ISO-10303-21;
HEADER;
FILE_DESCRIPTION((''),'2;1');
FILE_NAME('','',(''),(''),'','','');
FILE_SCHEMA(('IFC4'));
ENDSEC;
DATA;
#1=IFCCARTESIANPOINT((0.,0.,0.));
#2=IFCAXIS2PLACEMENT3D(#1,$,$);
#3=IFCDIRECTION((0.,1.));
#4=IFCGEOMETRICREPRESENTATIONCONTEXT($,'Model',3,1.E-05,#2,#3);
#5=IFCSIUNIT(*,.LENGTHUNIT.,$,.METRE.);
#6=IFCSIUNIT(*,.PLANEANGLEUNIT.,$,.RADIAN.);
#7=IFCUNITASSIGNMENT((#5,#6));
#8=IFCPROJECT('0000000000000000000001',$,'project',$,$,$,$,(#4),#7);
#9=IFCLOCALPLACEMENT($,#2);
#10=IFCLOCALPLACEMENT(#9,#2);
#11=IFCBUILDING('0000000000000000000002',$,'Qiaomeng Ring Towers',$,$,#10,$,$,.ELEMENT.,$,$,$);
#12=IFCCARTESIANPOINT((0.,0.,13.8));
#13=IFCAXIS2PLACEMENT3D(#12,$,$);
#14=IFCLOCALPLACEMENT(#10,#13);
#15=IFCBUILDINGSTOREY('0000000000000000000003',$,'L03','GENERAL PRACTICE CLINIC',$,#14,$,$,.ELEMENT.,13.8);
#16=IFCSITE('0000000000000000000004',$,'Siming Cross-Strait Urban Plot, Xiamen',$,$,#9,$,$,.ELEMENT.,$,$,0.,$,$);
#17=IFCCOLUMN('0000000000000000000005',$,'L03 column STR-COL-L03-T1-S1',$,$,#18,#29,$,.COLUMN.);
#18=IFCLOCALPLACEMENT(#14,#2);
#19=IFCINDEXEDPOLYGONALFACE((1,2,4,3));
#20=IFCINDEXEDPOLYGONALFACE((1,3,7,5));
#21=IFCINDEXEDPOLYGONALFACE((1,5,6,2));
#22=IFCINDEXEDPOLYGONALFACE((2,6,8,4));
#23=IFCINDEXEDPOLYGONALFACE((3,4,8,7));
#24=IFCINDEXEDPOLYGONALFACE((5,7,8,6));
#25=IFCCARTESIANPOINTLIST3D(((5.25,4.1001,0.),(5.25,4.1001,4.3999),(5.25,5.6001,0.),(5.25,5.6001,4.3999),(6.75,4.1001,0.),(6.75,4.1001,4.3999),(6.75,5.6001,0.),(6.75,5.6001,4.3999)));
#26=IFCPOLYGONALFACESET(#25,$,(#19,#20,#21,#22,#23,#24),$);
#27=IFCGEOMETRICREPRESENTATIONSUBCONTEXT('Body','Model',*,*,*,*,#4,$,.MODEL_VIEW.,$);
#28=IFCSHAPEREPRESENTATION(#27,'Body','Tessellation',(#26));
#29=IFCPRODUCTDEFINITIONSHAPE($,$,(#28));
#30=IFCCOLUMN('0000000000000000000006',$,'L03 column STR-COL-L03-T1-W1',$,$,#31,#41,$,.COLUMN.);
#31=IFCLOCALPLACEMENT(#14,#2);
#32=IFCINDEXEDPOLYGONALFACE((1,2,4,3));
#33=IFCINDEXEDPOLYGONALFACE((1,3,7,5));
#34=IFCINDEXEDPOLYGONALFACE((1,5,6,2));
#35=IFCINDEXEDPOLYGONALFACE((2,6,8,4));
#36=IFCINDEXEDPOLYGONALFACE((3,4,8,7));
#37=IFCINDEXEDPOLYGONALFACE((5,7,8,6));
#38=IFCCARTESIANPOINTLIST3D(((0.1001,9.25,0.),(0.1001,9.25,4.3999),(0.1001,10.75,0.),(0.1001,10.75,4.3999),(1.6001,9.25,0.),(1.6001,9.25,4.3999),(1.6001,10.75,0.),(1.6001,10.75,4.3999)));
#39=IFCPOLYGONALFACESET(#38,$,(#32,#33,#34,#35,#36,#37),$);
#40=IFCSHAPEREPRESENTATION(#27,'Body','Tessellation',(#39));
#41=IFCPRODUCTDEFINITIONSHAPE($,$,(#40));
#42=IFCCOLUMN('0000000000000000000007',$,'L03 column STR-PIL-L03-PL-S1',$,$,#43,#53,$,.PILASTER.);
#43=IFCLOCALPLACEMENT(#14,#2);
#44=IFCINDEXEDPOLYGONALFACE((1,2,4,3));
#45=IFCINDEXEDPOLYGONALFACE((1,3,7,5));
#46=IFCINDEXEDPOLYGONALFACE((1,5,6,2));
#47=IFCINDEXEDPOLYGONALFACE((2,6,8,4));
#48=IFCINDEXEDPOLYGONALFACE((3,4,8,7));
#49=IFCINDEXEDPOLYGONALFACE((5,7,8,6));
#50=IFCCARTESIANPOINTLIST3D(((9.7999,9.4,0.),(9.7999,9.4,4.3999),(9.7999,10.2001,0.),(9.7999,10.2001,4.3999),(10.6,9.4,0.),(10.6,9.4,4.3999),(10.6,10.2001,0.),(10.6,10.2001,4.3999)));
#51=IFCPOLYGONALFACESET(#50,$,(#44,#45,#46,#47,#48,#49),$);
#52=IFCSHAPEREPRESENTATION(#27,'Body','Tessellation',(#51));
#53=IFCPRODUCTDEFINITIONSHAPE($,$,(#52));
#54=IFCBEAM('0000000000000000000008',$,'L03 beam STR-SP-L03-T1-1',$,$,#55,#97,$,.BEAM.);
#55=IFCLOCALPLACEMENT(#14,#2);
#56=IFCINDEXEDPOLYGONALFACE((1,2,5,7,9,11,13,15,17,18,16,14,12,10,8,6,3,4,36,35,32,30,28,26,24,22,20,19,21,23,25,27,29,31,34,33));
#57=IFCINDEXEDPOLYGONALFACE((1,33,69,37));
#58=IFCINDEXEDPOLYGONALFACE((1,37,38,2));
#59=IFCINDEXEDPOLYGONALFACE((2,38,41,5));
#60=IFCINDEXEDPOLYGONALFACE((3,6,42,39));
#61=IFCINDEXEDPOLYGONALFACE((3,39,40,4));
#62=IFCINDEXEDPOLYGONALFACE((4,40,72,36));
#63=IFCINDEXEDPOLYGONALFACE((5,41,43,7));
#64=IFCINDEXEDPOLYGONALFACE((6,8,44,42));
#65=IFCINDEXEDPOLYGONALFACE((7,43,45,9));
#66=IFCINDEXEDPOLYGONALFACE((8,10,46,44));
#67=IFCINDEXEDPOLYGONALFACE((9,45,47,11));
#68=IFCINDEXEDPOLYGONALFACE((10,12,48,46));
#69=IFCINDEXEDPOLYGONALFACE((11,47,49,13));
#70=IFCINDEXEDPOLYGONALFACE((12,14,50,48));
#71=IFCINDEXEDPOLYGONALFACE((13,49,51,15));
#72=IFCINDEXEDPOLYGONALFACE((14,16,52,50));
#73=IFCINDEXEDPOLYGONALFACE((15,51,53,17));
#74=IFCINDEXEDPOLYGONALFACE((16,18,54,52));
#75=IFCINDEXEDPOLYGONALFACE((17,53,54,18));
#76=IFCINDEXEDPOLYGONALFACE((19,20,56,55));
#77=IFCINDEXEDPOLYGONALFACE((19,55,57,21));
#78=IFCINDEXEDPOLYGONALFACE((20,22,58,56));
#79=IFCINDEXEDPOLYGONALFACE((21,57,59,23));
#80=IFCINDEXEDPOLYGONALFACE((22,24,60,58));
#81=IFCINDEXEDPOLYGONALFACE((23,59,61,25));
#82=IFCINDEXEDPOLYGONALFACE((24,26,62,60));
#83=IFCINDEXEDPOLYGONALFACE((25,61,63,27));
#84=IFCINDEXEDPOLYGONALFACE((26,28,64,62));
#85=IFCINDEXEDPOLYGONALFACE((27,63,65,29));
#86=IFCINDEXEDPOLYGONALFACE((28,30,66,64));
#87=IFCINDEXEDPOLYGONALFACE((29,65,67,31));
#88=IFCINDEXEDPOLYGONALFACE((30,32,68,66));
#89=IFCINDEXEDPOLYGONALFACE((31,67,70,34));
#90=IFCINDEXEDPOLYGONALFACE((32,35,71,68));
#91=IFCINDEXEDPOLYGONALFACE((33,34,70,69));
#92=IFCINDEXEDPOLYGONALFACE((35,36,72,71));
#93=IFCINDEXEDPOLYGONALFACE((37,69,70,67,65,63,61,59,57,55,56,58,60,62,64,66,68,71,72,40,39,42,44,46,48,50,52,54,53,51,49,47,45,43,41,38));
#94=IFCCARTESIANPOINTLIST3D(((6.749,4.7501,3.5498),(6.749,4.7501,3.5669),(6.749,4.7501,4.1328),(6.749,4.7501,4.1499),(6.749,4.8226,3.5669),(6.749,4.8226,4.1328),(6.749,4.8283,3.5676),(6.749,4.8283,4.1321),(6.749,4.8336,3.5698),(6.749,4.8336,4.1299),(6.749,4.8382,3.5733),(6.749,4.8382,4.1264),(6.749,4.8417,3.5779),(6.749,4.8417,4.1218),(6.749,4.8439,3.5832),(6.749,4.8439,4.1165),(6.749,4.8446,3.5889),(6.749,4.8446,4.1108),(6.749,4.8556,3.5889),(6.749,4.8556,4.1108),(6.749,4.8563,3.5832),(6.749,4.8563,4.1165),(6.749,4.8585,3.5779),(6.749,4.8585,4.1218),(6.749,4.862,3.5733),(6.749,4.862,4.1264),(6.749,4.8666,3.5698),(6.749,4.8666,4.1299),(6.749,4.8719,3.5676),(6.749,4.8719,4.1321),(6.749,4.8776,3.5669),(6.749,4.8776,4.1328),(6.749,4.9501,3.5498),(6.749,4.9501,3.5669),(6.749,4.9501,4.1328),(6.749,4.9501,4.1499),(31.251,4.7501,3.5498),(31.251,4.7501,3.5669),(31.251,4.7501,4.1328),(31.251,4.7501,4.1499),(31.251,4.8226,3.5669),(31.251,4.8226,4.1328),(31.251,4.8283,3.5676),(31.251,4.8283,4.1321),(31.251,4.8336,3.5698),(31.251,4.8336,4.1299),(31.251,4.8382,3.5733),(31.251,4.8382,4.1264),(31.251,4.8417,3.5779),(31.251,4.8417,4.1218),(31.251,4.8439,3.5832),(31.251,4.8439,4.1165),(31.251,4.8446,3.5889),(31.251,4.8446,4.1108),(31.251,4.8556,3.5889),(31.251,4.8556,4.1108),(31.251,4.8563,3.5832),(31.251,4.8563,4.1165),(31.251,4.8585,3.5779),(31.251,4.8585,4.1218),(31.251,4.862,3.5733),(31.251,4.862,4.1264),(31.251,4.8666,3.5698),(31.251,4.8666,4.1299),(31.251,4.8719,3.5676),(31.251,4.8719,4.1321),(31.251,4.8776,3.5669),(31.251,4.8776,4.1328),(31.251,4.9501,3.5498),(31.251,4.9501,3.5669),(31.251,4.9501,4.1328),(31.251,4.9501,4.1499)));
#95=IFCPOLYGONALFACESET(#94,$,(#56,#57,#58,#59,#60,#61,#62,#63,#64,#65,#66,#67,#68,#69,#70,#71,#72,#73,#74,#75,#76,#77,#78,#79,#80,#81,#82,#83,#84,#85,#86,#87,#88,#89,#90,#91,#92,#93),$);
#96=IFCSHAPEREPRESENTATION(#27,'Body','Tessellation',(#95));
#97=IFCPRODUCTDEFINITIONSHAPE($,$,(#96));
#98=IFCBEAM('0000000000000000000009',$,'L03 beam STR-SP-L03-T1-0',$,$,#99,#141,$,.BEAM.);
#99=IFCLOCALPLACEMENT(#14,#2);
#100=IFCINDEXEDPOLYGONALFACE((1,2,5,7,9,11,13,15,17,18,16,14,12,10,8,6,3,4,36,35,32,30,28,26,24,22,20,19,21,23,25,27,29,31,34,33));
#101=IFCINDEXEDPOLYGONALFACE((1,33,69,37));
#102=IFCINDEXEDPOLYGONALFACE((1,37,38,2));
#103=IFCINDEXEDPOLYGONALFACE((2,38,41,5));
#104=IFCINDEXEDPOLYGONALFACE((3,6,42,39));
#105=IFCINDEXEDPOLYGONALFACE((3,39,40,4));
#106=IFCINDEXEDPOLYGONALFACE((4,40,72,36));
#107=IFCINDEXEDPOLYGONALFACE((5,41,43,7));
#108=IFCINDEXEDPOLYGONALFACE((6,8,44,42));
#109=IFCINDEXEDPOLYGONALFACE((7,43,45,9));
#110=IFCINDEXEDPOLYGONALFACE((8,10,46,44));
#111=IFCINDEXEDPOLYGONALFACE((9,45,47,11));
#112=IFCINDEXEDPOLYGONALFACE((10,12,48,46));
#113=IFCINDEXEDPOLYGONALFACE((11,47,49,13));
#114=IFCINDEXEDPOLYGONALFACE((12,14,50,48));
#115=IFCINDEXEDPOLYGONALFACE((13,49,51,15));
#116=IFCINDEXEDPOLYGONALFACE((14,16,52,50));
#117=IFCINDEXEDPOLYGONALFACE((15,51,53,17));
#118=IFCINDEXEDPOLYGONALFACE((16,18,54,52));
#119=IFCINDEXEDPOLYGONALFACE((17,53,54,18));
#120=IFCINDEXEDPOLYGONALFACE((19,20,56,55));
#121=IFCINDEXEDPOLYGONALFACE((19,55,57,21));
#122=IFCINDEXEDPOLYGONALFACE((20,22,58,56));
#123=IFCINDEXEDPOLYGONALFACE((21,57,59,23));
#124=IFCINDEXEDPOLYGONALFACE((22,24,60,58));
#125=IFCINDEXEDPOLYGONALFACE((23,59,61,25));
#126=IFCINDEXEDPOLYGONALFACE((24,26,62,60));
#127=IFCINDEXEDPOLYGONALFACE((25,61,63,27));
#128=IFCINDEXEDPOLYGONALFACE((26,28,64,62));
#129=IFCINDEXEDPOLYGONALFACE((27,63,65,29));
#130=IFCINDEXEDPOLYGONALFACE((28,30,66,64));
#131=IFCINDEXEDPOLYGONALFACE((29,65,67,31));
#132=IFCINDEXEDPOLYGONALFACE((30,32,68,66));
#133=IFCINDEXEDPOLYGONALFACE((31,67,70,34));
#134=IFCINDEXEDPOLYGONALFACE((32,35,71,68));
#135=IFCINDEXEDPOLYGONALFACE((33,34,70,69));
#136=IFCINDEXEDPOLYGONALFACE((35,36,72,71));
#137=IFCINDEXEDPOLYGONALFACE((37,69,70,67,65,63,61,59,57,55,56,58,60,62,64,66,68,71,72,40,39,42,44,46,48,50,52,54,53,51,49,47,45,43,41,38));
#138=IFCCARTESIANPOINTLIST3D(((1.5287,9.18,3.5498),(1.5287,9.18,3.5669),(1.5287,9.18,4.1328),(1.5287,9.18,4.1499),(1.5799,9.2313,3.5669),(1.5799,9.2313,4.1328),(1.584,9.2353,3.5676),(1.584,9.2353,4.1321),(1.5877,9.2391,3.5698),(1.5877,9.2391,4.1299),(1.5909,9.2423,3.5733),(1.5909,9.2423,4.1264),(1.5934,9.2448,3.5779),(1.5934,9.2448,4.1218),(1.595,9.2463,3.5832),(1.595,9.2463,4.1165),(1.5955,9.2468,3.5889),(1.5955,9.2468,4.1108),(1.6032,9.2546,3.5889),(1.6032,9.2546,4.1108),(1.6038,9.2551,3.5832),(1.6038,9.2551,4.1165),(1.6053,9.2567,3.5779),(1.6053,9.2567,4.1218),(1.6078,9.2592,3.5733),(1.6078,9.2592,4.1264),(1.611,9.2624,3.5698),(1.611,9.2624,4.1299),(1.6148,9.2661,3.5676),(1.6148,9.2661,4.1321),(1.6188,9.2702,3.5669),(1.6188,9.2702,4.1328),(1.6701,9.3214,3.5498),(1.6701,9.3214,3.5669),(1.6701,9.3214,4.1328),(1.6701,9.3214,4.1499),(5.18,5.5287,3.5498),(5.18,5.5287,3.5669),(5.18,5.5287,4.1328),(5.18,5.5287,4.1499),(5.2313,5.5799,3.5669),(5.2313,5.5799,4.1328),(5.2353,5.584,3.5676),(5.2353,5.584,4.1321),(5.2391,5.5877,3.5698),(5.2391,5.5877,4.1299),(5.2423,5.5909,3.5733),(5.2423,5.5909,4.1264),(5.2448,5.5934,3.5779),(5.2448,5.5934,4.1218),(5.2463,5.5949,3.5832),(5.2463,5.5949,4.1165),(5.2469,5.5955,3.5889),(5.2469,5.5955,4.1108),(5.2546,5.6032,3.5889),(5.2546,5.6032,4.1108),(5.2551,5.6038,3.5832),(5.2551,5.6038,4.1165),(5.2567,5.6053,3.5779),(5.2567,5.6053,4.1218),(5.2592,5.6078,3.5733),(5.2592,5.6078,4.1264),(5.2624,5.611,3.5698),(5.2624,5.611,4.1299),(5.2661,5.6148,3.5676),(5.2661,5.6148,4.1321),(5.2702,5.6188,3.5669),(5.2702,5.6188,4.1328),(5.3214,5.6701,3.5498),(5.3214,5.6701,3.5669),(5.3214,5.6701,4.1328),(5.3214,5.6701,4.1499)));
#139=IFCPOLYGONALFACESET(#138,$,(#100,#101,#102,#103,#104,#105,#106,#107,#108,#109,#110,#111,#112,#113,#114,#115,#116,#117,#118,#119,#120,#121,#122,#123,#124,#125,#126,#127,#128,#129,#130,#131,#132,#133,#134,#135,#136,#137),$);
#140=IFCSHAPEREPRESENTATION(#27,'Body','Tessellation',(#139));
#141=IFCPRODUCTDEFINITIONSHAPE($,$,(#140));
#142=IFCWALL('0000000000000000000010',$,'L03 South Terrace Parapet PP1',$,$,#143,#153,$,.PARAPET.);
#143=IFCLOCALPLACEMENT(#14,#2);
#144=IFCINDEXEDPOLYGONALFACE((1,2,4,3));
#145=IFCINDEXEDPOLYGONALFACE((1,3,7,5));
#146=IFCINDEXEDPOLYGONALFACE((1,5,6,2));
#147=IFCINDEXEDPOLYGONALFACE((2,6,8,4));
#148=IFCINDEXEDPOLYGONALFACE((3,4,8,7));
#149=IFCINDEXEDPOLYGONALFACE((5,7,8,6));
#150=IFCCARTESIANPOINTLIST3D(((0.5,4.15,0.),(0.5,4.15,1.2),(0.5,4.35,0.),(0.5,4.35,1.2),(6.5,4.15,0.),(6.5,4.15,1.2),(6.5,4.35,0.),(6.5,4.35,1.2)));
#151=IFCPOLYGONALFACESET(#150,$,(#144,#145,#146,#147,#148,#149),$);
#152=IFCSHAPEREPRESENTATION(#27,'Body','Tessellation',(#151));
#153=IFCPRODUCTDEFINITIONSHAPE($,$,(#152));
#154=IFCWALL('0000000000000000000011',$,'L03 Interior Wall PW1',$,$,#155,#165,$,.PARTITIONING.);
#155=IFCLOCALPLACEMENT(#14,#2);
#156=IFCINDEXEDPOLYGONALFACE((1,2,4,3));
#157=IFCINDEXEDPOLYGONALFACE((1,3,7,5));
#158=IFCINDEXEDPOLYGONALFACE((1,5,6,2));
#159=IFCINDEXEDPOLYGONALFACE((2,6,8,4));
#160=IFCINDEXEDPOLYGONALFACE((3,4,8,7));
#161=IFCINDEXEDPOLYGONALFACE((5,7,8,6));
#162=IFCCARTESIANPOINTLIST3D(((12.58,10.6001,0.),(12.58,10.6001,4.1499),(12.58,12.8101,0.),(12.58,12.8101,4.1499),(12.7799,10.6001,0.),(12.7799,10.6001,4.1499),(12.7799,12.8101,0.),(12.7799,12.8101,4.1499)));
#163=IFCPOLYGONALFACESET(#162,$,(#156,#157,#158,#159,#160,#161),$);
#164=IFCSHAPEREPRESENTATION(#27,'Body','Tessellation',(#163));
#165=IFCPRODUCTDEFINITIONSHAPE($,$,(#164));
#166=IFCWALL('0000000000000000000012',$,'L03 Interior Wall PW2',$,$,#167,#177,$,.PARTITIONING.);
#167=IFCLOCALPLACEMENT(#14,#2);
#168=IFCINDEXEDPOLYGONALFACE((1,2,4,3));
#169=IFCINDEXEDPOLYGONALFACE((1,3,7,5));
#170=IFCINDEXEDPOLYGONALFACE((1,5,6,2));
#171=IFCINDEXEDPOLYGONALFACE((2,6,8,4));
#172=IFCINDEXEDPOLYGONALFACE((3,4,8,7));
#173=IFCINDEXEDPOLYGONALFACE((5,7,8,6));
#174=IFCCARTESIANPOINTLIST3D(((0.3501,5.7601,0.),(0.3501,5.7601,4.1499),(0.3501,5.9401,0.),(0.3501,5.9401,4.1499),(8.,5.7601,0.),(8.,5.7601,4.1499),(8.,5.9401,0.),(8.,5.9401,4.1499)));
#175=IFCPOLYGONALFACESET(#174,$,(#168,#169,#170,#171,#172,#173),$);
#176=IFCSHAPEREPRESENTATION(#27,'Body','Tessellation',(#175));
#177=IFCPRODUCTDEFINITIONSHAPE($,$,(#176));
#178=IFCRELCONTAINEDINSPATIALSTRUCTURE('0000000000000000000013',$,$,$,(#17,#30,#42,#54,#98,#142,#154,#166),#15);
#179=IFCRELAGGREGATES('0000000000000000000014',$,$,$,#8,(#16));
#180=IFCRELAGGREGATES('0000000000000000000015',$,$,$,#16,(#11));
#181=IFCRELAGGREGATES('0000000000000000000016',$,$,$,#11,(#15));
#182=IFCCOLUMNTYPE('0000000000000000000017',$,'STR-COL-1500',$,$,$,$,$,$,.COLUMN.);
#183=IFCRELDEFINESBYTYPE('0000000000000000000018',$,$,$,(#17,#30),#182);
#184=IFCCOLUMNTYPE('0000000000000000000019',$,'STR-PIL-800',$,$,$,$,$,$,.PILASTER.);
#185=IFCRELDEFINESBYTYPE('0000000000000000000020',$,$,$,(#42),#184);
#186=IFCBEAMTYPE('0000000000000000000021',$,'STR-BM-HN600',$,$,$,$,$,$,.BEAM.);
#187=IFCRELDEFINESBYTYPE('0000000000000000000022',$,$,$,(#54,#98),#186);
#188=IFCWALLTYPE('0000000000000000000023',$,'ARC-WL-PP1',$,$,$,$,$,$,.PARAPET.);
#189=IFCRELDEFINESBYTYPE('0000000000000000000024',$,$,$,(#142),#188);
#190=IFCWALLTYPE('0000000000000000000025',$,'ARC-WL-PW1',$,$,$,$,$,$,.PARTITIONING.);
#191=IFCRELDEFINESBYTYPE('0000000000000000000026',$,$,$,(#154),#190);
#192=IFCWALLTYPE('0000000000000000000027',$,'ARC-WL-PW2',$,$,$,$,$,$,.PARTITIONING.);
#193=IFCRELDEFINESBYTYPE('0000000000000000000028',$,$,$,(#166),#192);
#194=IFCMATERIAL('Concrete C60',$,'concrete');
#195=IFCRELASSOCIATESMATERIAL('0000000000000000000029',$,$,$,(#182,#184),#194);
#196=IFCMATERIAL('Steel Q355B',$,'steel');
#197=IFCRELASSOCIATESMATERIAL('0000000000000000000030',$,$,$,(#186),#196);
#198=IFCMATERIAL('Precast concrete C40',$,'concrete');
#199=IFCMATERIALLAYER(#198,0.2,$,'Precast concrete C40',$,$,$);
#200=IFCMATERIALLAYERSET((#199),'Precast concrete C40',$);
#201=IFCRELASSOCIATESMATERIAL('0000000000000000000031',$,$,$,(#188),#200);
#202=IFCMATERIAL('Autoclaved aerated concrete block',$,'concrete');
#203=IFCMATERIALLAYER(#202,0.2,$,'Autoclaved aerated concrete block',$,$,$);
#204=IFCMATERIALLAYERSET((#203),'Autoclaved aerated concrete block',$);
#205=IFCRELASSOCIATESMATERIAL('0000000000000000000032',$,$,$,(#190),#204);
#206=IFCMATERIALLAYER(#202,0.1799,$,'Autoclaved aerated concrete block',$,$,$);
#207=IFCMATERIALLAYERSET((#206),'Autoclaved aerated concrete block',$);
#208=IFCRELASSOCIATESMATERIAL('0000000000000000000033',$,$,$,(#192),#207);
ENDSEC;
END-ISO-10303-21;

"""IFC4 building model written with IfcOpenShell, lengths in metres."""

from ifc_helpers import new_model, si_unit, direction, frame, frame_2d, origin, origin_2d, place, context, subcontext, project, spatial, rectangle, i_section, extrude, source, transform, mapped, material, layer, layer_set, material_profile, profile_set, type_object, element, save


model = new_model("IFC4")

# Units and contexts
model_context = context("Model", 3, precision=1e-05, world=origin(), true_north=direction((0.0, 1.0)))
body_context = subcontext(model_context, "Body", "Model", "MODEL_VIEW")
ifc_project = project(units=[si_unit("LENGTHUNIT", "METRE"), si_unit("PLANEANGLEUNIT", "RADIAN")], contexts=[model_context])

# Site, building, storey
site_placement = place(None, origin())
site = spatial("IfcSite", under=ifc_project, at=site_placement, Name="Siming Cross-Strait Urban Plot, Xiamen", CompositionType="ELEMENT", RefElevation=0.0)
building_placement = place(site_placement, origin())
building = spatial("IfcBuilding", under=site, at=building_placement, Name="Qiaomeng Ring Towers", CompositionType="ELEMENT")
storey_placement = place(building_placement, frame((0.0, 0.0, 13.8)))
storey = spatial("IfcBuildingStorey", under=building, at=storey_placement, Name="L03", Description="GENERAL PRACTICE CLINIC", CompositionType="ELEMENT", Elevation=13.8)

# Columns
ifc_material_1 = material(Name="Concrete C60", Category="concrete")
ifc_material_profile_1 = material_profile(ifc_material_1, rectangle(XDim=1.5, YDim=1.5, at=origin_2d()), Name="RC COL 1500x1500")
ifc_profile_set_1 = profile_set([ifc_material_profile_1], Name="Concrete C60")
column_type_1 = type_object("IfcColumnType", Name="STR-COL-1500", PredefinedType="COLUMN", material=ifc_profile_set_1)
shared_shape_1 = source(origin(), body_context, "Body", "SweptSolid", [
    extrude(rectangle(XDim=1.5, YDim=1.5, at=origin_2d()), origin(), (0.0, 0.0, 1.0), 4.3999),
])
for number, where, z_axis, x_axis, name in (
    (1, (6.0, 4.8501, 0.0), (0.0, 0.0, 1.0), (1.0, 0.0, 0.0), "L03 column STR-COL-L03-T1-S1"),
    (2, (0.8501, 10.0, 0.0), (0.0, 0.0, 1.0), (1.0, 0.0, 0.0), "L03 column STR-COL-L03-T1-W1"),
):
    element("IfcColumn", number, at=place(storey_placement, frame(where, z_axis=z_axis, x_axis=x_axis)), inside=storey, type_object=column_type_1, Name=name, PredefinedType="COLUMN", context=body_context, shape_type="MappedRepresentation", body=[
        mapped(shared_shape_1, transform((0.0, 0.0, 0.0), x_axis=(1.0, 0.0, 0.0), y_axis=(0.0, 1.0, 0.0), z_axis=(0.0, 0.0, 1.0), scale=1.0)),
    ])
ifc_material_profile_2 = material_profile(ifc_material_1, rectangle(XDim=0.8, YDim=0.8, at=origin_2d()), Name="RC COL 800x800")
ifc_profile_set_2 = profile_set([ifc_material_profile_2], Name="Concrete C60")
column_type_2 = type_object("IfcColumnType", Name="STR-PIL-800", PredefinedType="PILASTER", material=ifc_profile_set_2)
shared_shape_2 = source(origin(), body_context, "Body", "SweptSolid", [
    extrude(rectangle(XDim=0.8, YDim=0.8, at=origin_2d()), origin(), (0.0, 0.0, 1.0), 4.3999),
])
column_placement = place(storey_placement, frame((10.2, 9.8, 0.0), z_axis=(0.0, 0.0, 1.0), x_axis=(1.0, 0.0, 0.0)))
element("IfcColumn", 3, at=column_placement, inside=storey, type_object=column_type_2, Name="L03 column STR-PIL-L03-PL-S1", PredefinedType="PILASTER", context=body_context, shape_type="MappedRepresentation", body=[
    mapped(shared_shape_2, transform((0.0, 0.0, 0.0), x_axis=(1.0, 0.0, 0.0), y_axis=(0.0, 1.0, 0.0), z_axis=(0.0, 0.0, 1.0), scale=1.0)),
])

# Beams
ifc_material_2 = material(Name="Steel Q355B", Category="steel")
ifc_material_profile_3 = material_profile(ifc_material_2, i_section(OverallWidth=0.2, OverallDepth=0.6001, WebThickness=0.011, FlangeThickness=0.0171, FilletRadius=0.022, at=origin_2d()), Name="HN 600x200x11x17")
ifc_profile_set_3 = profile_set([ifc_material_profile_3], Name="Steel Q355B")
beam_type = type_object("IfcBeamType", Name="STR-BM-HN600", PredefinedType="BEAM", material=ifc_profile_set_3)
shared_shape_3 = source(origin(), body_context, "Body", "SweptSolid", [
    extrude(i_section(OverallWidth=0.2, OverallDepth=0.6001, WebThickness=0.011, FlangeThickness=0.0171, FilletRadius=0.022, at=origin_2d()), origin(), (0.0, 0.0, 1.0), 24.502),
])
beam_1_placement = place(storey_placement, frame((6.749, 4.8501, 3.8499), z_axis=(1.0, 0.0, 0.0), x_axis=(0.0, 1.0, 0.0)))
element("IfcBeam", 4, at=beam_1_placement, inside=storey, type_object=beam_type, Name="L03 beam STR-SP-L03-T1-1", PredefinedType="BEAM", context=body_context, shape_type="MappedRepresentation", body=[
    mapped(shared_shape_3, transform((0.0, 0.0, 0.0), x_axis=(1.0, 0.0, 0.0), y_axis=(0.0, 1.0, 0.0), z_axis=(0.0, 0.0, 1.0), scale=1.0)),
])
shared_shape_4 = source(origin(), body_context, "Body", "SweptSolid", [
    extrude(i_section(OverallWidth=0.2, OverallDepth=0.6001, WebThickness=0.011, FlangeThickness=0.0171, FilletRadius=0.022, at=origin_2d()), origin(), (0.0, 0.0, 1.0), 5.1638),
])
beam_2_placement = place(storey_placement, frame((1.5994, 9.2507, 3.8499), z_axis=(0.707107, -0.707107, 0.0), x_axis=(0.707107, 0.707107, 0.0)))
element("IfcBeam", 5, at=beam_2_placement, inside=storey, type_object=beam_type, Name="L03 beam STR-SP-L03-T1-0", PredefinedType="BEAM", context=body_context, shape_type="MappedRepresentation", body=[
    mapped(shared_shape_4, transform((0.0, 0.0, 0.0), x_axis=(1.0, 0.0, 0.0), y_axis=(0.0, 1.0, 0.0), z_axis=(0.0, 0.0, 1.0), scale=1.0)),
])

# Walls
ifc_material_3 = material(Name="Precast concrete C40", Category="concrete")
ifc_layer_1 = layer(ifc_material_3, 0.2, Name="Precast concrete C40")
ifc_layer_set_1 = layer_set([ifc_layer_1], Name="Precast concrete C40")
wall_type_1 = type_object("IfcWallType", Name="ARC-WL-PP1", PredefinedType="PARAPET", material=ifc_layer_set_1)
wall_1_placement = place(storey_placement, frame((0.5, 4.25, 0.0), z_axis=(0.0, 0.0, 1.0), x_axis=(1.0, 0.0, 0.0)))
element("IfcWall", 6, at=wall_1_placement, inside=storey, type_object=wall_type_1, Name="L03 South Terrace Parapet PP1", PredefinedType="PARAPET", context=body_context, shape_type="SweptSolid", body=[
    extrude(rectangle(XDim=6.0, YDim=0.2, at=frame_2d((3.0, 0.0))), origin(), (0.0, 0.0, 1.0), 1.2),
])
ifc_material_4 = material(Name="Autoclaved aerated concrete block", Category="concrete")
ifc_layer_2 = layer(ifc_material_4, 0.2, Name="Autoclaved aerated concrete block")
ifc_layer_set_2 = layer_set([ifc_layer_2], Name="Autoclaved aerated concrete block")
wall_type_2 = type_object("IfcWallType", Name="ARC-WL-PW1", PredefinedType="PARTITIONING", material=ifc_layer_set_2)
wall_2_placement = place(storey_placement, frame((12.6799, 10.6001, 0.0), z_axis=(0.0, 0.0, 1.0), x_axis=(0.0, 1.0, 0.0)))
element("IfcWall", 7, at=wall_2_placement, inside=storey, type_object=wall_type_2, Name="L03 Interior Wall PW1", PredefinedType="PARTITIONING", context=body_context, shape_type="SweptSolid", body=[
    extrude(rectangle(XDim=2.21, YDim=0.2, at=frame_2d((1.105, 0.0))), origin(), (0.0, 0.0, 1.0), 4.1499),
])
ifc_layer_3 = layer(ifc_material_4, 0.1799, Name="Autoclaved aerated concrete block")
ifc_layer_set_3 = layer_set([ifc_layer_3], Name="Autoclaved aerated concrete block")
wall_type_3 = type_object("IfcWallType", Name="ARC-WL-PW2", PredefinedType="PARTITIONING", material=ifc_layer_set_3)
wall_3_placement = place(storey_placement, frame((0.3501, 5.8501, 0.0), z_axis=(0.0, 0.0, 1.0), x_axis=(1.0, 0.0, 0.0)))
element("IfcWall", 8, at=wall_3_placement, inside=storey, type_object=wall_type_3, Name="L03 Interior Wall PW2", PredefinedType="PARTITIONING", context=body_context, shape_type="SweptSolid", body=[
    extrude(rectangle(XDim=7.6499, YDim=0.1799, at=frame_2d((3.825, 0.0))), origin(), (0.0, 0.0, 1.0), 4.1499),
])

save(model, "model.ifc")
